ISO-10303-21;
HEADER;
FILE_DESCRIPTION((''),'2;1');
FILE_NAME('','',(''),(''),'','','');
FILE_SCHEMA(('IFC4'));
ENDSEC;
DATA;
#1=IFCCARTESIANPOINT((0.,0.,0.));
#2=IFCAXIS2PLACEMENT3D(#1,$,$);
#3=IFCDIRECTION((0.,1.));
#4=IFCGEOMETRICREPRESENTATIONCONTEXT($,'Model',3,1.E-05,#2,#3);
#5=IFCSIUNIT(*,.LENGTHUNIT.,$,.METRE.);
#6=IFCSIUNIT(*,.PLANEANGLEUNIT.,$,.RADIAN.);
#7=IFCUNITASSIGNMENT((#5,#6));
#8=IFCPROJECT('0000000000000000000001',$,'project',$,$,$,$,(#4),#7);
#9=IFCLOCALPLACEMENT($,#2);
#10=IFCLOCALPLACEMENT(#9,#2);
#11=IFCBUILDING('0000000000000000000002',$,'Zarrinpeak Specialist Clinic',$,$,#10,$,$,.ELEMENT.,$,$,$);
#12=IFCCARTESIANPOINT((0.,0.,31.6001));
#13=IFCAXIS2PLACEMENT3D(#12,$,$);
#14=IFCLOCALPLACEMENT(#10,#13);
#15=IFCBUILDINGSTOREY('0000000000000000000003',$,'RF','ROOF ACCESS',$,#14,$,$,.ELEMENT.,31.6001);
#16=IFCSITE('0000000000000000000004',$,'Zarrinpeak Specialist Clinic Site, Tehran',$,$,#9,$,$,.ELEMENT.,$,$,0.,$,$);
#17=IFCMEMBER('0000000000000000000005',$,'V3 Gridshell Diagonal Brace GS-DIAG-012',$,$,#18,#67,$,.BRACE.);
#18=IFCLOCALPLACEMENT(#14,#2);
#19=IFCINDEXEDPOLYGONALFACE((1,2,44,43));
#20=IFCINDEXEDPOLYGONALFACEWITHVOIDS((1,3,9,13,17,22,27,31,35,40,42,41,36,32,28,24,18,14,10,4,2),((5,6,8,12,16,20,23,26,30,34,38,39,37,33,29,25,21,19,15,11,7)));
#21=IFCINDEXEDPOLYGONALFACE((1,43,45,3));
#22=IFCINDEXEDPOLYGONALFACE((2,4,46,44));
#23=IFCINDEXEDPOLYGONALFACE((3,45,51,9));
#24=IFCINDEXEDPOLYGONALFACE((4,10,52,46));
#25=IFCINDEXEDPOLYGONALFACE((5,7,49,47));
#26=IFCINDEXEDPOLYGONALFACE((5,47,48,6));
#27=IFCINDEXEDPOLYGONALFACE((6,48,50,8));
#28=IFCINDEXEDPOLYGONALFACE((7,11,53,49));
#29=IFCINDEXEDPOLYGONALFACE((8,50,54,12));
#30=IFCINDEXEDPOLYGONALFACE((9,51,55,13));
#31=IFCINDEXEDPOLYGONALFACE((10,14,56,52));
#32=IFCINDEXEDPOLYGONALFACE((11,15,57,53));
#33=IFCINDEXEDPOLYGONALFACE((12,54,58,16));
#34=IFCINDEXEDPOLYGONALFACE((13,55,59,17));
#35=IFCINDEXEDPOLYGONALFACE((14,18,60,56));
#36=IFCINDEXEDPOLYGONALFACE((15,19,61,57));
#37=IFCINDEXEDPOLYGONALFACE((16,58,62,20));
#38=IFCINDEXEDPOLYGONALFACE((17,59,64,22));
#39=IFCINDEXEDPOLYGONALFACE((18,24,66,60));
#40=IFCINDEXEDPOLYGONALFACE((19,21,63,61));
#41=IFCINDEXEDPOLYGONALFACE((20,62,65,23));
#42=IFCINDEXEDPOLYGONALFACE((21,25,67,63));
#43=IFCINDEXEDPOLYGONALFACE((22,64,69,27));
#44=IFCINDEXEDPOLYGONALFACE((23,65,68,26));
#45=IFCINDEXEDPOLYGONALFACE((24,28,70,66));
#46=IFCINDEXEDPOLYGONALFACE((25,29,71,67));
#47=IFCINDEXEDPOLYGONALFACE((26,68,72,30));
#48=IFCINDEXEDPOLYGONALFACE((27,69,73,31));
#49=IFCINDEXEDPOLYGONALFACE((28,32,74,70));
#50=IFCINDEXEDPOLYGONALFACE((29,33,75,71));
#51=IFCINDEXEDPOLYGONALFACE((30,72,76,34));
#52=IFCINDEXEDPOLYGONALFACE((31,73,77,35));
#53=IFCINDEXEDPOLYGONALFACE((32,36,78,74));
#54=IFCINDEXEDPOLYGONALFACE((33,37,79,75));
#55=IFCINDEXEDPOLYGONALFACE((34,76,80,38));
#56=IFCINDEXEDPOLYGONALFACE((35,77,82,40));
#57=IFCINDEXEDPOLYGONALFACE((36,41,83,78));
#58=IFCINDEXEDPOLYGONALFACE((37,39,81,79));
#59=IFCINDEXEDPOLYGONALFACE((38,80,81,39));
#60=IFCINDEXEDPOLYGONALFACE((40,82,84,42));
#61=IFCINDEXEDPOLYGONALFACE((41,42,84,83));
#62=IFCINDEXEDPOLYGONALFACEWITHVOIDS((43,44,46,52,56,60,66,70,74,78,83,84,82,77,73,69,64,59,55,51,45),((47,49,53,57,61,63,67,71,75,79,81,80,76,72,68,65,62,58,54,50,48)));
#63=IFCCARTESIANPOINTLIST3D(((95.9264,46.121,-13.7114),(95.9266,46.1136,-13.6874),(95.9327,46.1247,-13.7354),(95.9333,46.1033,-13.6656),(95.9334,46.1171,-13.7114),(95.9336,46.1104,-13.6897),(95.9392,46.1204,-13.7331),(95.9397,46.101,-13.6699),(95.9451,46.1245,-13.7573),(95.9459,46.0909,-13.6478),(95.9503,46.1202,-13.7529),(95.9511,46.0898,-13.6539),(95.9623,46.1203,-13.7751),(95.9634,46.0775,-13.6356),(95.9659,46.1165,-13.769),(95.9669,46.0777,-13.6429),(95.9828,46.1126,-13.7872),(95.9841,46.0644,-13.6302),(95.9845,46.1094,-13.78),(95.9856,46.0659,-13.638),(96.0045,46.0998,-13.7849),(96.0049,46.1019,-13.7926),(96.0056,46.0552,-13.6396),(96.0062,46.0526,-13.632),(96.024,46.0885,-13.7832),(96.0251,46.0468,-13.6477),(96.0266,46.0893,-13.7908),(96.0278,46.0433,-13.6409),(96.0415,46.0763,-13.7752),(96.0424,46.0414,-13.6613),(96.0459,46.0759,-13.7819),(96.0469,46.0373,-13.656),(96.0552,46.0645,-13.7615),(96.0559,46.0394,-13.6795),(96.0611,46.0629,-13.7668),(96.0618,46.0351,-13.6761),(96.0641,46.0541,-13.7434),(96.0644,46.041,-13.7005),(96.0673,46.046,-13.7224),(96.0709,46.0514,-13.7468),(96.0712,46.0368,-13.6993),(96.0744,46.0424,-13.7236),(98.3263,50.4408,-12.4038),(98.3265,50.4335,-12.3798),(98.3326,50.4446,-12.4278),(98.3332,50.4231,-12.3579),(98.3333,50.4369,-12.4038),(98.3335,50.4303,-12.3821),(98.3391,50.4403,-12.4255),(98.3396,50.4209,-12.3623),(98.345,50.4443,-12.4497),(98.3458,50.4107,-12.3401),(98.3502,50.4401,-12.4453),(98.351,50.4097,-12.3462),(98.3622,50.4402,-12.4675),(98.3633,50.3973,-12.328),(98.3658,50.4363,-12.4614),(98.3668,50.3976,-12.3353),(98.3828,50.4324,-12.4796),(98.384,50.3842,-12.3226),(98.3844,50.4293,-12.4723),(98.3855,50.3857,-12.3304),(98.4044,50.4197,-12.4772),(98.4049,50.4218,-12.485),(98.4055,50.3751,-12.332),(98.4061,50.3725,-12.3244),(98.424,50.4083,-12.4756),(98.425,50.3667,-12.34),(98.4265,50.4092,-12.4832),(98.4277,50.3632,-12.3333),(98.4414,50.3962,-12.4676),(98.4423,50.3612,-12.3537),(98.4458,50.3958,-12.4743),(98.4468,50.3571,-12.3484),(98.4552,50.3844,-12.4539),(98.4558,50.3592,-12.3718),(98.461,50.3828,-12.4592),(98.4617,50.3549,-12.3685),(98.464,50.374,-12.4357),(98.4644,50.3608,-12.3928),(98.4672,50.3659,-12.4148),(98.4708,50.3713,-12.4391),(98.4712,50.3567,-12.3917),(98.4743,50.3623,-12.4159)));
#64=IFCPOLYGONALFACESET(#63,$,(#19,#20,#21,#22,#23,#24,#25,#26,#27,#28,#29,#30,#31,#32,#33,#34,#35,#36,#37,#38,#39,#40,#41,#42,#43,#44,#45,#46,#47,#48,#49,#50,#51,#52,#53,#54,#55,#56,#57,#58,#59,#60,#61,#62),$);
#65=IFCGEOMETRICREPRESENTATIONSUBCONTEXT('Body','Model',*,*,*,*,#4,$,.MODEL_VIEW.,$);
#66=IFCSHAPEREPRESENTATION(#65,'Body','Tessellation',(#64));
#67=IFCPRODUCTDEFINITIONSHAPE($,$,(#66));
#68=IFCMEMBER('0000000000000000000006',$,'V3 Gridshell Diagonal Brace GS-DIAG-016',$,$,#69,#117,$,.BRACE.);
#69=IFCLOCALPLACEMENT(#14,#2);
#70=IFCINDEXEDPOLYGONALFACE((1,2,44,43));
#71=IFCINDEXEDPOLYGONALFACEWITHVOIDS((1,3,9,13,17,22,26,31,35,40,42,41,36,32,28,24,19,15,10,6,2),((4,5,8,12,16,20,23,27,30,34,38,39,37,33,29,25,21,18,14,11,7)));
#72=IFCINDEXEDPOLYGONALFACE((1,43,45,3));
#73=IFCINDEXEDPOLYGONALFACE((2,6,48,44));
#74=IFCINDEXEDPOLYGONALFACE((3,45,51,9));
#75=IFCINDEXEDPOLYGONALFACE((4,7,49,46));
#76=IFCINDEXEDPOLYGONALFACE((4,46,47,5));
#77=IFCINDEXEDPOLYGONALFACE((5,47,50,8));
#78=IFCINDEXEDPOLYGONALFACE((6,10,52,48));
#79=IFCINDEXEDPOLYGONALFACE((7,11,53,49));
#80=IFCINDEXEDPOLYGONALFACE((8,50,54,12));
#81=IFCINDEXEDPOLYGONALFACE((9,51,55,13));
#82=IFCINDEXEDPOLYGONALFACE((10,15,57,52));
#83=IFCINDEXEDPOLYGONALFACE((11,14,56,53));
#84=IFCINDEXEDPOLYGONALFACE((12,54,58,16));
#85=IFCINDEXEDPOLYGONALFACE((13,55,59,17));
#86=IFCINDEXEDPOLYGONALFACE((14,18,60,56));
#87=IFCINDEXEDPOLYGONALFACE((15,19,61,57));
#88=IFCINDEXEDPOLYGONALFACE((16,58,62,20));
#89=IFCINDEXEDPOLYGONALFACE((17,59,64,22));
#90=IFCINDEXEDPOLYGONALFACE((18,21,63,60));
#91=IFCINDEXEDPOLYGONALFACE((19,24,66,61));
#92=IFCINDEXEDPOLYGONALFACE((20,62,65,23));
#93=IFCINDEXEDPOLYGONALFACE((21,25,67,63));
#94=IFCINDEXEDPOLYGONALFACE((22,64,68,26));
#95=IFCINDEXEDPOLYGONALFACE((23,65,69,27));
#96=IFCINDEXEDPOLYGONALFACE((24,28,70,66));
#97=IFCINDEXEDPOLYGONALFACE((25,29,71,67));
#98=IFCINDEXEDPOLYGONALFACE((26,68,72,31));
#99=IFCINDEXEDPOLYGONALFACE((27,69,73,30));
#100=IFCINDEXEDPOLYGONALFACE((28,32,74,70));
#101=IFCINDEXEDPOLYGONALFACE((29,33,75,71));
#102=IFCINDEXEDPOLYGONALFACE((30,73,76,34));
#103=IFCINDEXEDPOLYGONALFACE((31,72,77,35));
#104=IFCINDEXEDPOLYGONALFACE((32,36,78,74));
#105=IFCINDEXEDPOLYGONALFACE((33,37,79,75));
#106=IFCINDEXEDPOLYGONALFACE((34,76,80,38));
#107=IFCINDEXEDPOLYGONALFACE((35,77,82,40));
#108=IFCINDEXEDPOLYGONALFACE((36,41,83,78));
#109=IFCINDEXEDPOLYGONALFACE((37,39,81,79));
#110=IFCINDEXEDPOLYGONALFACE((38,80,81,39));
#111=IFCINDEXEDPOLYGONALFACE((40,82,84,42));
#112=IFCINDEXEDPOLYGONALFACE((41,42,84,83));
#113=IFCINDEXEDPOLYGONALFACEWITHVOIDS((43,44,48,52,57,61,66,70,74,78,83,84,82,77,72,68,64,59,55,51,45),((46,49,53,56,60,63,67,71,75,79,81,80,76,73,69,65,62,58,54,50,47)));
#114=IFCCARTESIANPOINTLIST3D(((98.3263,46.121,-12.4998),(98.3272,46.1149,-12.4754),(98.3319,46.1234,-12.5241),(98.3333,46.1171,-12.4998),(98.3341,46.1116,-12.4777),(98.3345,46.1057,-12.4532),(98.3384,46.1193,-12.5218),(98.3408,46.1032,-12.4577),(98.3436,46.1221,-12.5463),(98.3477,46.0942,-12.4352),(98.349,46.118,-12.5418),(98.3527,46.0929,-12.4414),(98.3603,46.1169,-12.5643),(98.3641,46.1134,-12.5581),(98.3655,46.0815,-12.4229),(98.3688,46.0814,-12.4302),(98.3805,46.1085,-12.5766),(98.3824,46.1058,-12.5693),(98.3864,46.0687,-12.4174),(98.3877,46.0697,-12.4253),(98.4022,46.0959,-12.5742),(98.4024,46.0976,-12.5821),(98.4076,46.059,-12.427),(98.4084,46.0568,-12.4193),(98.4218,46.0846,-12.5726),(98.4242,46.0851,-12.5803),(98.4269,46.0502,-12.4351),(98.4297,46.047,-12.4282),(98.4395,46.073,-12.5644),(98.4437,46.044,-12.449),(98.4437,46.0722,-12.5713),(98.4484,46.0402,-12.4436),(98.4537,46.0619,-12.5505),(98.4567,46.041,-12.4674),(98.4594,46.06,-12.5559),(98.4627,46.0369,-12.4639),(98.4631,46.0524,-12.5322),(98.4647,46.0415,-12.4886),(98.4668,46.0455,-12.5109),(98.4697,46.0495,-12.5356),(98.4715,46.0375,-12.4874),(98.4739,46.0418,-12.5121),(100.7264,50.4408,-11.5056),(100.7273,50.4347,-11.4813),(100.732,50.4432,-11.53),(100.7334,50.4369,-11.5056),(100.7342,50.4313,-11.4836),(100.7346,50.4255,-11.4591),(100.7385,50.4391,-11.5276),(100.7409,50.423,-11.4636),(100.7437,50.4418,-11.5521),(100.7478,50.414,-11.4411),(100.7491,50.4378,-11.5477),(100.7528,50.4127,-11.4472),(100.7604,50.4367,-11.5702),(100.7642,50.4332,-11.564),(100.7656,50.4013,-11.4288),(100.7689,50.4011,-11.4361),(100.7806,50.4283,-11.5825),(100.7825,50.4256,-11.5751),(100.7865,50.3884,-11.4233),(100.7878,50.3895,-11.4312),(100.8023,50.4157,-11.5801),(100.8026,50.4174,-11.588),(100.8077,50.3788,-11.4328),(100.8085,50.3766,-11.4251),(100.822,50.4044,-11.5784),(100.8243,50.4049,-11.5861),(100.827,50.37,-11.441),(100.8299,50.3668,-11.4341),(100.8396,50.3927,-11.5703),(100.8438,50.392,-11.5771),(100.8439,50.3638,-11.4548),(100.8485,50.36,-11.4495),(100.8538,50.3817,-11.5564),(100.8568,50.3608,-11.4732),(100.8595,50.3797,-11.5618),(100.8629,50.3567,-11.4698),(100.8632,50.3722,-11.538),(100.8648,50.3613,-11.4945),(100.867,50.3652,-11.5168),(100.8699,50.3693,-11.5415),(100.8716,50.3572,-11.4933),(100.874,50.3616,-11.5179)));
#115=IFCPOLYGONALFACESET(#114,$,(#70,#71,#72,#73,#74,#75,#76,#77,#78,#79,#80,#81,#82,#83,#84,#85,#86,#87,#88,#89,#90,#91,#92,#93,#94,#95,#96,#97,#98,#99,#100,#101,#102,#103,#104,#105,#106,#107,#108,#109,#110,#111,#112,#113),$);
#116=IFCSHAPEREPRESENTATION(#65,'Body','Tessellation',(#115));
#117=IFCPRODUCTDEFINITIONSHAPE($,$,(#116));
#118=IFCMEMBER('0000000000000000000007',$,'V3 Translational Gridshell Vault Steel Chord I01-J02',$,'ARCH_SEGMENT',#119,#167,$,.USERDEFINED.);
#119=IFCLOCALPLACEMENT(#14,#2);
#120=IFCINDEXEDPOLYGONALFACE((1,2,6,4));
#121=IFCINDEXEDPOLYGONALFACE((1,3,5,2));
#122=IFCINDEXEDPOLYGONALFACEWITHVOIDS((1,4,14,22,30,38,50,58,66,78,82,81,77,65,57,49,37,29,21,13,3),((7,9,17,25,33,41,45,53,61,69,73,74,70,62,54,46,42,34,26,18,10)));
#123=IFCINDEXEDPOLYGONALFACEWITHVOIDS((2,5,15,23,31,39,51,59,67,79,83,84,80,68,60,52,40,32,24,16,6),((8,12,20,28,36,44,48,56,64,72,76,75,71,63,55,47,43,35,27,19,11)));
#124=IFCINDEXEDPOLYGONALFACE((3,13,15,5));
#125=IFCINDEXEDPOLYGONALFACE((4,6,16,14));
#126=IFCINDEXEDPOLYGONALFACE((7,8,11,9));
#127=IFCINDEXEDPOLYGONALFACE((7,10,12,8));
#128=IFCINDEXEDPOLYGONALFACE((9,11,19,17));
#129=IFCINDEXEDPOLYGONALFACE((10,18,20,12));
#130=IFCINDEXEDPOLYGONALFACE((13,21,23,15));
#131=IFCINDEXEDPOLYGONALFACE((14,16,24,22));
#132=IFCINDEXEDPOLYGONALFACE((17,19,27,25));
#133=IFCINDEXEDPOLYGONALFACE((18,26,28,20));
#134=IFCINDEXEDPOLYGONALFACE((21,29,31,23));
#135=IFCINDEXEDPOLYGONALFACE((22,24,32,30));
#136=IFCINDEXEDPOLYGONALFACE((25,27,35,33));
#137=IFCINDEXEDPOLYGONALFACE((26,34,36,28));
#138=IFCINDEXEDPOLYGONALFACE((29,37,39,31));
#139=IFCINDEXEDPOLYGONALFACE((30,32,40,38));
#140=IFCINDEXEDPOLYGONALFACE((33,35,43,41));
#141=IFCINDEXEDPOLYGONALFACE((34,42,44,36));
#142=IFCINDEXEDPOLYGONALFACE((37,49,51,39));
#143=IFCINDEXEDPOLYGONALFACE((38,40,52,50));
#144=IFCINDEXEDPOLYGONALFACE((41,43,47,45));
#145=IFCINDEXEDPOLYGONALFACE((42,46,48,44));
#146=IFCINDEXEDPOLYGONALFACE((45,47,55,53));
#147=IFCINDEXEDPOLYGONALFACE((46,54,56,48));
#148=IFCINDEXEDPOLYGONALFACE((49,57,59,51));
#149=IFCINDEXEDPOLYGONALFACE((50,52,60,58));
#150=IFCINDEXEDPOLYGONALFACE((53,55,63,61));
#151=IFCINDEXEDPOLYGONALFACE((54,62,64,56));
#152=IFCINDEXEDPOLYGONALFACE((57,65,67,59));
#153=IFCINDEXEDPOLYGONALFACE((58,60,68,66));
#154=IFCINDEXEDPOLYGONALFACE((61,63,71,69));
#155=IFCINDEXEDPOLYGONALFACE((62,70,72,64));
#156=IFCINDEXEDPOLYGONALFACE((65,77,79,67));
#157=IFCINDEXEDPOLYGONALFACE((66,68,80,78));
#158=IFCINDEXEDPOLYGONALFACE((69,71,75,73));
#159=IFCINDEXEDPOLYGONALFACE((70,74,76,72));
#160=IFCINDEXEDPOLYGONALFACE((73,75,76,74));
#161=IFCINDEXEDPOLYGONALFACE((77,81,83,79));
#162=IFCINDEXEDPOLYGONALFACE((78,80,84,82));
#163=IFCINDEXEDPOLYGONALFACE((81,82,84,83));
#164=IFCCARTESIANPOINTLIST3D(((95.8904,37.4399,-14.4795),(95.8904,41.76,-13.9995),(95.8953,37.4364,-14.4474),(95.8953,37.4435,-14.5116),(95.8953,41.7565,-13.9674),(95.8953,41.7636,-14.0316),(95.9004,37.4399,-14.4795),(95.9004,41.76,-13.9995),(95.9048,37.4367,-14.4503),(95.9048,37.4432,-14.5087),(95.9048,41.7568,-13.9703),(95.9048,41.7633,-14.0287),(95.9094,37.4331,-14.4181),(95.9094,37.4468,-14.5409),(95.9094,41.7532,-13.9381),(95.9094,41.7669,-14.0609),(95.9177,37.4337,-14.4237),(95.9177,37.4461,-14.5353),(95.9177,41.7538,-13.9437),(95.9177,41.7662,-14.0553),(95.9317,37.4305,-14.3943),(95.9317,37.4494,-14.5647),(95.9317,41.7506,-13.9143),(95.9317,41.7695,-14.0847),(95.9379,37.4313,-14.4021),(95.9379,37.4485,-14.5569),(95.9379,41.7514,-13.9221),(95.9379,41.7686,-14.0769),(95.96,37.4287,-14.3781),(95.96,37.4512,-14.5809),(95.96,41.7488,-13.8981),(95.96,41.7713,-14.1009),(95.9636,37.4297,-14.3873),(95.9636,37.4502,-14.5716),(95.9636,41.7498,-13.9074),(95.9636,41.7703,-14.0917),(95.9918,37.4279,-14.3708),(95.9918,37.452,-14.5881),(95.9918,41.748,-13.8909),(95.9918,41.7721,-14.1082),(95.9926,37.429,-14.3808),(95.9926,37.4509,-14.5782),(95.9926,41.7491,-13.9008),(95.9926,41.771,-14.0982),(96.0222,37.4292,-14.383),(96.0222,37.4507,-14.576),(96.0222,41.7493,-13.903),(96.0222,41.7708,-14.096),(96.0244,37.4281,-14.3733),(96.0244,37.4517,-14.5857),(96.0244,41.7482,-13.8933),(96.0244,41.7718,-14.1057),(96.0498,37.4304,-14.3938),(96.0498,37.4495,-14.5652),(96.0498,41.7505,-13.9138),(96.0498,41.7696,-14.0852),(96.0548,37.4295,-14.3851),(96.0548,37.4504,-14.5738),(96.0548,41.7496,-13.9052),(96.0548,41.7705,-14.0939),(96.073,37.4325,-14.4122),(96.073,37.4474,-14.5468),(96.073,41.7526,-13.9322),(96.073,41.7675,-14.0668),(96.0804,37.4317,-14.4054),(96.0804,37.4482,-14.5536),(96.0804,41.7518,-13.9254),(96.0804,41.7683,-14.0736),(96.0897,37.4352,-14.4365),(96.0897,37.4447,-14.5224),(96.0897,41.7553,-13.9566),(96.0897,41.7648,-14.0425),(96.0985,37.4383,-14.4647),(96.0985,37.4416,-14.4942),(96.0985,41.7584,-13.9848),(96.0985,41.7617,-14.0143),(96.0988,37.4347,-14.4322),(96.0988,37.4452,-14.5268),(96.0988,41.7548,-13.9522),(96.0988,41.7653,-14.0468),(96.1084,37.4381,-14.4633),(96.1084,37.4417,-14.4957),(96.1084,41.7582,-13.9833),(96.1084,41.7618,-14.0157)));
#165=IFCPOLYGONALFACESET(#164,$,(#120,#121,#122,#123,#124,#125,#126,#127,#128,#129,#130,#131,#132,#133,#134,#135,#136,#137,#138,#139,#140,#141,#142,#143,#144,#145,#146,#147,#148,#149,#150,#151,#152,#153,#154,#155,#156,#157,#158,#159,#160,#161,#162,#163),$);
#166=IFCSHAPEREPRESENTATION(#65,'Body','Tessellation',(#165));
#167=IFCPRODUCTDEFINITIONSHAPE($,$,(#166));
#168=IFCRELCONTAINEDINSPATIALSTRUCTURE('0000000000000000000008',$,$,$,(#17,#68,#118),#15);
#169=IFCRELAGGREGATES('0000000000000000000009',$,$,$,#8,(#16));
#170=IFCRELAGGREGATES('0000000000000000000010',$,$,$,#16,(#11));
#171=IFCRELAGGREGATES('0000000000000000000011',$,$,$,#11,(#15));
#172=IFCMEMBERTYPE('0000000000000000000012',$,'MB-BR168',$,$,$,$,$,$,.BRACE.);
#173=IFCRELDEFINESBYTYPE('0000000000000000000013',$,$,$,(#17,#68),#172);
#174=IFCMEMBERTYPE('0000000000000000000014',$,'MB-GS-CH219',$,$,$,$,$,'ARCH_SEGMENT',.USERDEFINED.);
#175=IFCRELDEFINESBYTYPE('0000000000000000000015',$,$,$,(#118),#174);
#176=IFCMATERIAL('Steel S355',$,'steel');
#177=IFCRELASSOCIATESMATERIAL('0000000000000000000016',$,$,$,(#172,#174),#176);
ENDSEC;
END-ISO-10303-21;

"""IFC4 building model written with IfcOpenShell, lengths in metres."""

from ifc_helpers import new_model, si_unit, direction, frame, origin, origin_2d, place, context, subcontext, project, spatial, hollow_circle, extrude, material, material_profile, profile_set, type_object, element, save


model = new_model("IFC4")

# Units and contexts
model_context = context("Model", 3, precision=1e-05, world=origin(), true_north=direction((0.0, 1.0)))
body_context = subcontext(model_context, "Body", "Model", "MODEL_VIEW")
ifc_project = project(units=[si_unit("LENGTHUNIT", "METRE"), si_unit("PLANEANGLEUNIT", "RADIAN")], contexts=[model_context])

# Site, building, storey
site_placement = place(None, origin())
site = spatial("IfcSite", under=ifc_project, at=site_placement, Name="Zarrinpeak Specialist Clinic Site, Tehran", CompositionType="ELEMENT", RefElevation=0.0)
building_placement = place(site_placement, origin())
building = spatial("IfcBuilding", under=site, at=building_placement, Name="Zarrinpeak Specialist Clinic", CompositionType="ELEMENT")
storey_placement = place(building_placement, frame((0.0, 0.0, 31.6001)))
storey = spatial("IfcBuildingStorey", under=building, at=storey_placement, Name="RF", Description="ROOF ACCESS", CompositionType="ELEMENT", Elevation=31.6001)

# Members
ifc_material_1 = material(Name="Steel S355", Category="steel")
ifc_material_profile_1 = material_profile(ifc_material_1, hollow_circle(Radius=0.0842, WallThickness=0.0081, at=origin_2d()), Name="CHS 168.3x8.0")
ifc_profile_set_1 = profile_set([ifc_material_profile_1], Name="Steel S355")
member_type_1 = type_object("IfcMemberType", Name="MB-BR168", PredefinedType="BRACE", material=ifc_profile_set_1)
member_1_placement = place(storey_placement, frame((96.0, 46.0801, -13.7114), z_axis=(0.469485, 0.845073, 0.255805), x_axis=(-0.874157, 0.485643, 0.0)))
element("IfcMember", 1, at=member_1_placement, inside=storey, type_object=member_type_1, Name="V3 Gridshell Diagonal Brace GS-DIAG-012", PredefinedType="BRACE", context=body_context, shape_type="SweptSolid", body=[
    extrude(hollow_circle(Radius=0.0842, WallThickness=0.0081, at=origin_2d()), origin(), (0.0, 0.0, 1.0), 5.1118),
])
member_2_placement = place(storey_placement, frame((98.3999, 46.0801, -12.4998), z_axis=(0.476142, 0.856968, 0.197218), x_axis=(-0.874136, 0.485681, 0.0)))
element("IfcMember", 2, at=member_2_placement, inside=storey, type_object=member_type_1, Name="V3 Gridshell Diagonal Brace GS-DIAG-016", PredefinedType="BRACE", context=body_context, shape_type="SweptSolid", body=[
    extrude(hollow_circle(Radius=0.0842, WallThickness=0.0081, at=origin_2d()), origin(), (0.0, 0.0, 1.0), 5.0408),
])
ifc_material_profile_2 = material_profile(ifc_material_1, hollow_circle(Radius=0.1096, WallThickness=0.01, at=origin_2d()), Name="CHS 219.1x10.0")
ifc_profile_set_2 = profile_set([ifc_material_profile_2], Name="Steel S355")
member_type_2 = type_object("IfcMemberType", Name="MB-GS-CH219", ElementType="ARCH_SEGMENT", PredefinedType="USERDEFINED", material=ifc_profile_set_2)
member_3_placement = place(storey_placement, frame((96.0, 37.4399, -14.4795), z_axis=(0.0, 0.993884, 0.110425), x_axis=(-1.0, 0.0, 0.0)))
element("IfcMember", 3, at=member_3_placement, inside=storey, type_object=member_type_2, Name="V3 Translational Gridshell Vault Steel Chord I01-J02", ObjectType="ARCH_SEGMENT", PredefinedType="USERDEFINED", context=body_context, shape_type="SweptSolid", body=[
    extrude(hollow_circle(Radius=0.1096, WallThickness=0.01, at=origin_2d()), origin(), (0.0, 0.0, 1.0), 4.3467),
])

save(model, "model.ifc")
